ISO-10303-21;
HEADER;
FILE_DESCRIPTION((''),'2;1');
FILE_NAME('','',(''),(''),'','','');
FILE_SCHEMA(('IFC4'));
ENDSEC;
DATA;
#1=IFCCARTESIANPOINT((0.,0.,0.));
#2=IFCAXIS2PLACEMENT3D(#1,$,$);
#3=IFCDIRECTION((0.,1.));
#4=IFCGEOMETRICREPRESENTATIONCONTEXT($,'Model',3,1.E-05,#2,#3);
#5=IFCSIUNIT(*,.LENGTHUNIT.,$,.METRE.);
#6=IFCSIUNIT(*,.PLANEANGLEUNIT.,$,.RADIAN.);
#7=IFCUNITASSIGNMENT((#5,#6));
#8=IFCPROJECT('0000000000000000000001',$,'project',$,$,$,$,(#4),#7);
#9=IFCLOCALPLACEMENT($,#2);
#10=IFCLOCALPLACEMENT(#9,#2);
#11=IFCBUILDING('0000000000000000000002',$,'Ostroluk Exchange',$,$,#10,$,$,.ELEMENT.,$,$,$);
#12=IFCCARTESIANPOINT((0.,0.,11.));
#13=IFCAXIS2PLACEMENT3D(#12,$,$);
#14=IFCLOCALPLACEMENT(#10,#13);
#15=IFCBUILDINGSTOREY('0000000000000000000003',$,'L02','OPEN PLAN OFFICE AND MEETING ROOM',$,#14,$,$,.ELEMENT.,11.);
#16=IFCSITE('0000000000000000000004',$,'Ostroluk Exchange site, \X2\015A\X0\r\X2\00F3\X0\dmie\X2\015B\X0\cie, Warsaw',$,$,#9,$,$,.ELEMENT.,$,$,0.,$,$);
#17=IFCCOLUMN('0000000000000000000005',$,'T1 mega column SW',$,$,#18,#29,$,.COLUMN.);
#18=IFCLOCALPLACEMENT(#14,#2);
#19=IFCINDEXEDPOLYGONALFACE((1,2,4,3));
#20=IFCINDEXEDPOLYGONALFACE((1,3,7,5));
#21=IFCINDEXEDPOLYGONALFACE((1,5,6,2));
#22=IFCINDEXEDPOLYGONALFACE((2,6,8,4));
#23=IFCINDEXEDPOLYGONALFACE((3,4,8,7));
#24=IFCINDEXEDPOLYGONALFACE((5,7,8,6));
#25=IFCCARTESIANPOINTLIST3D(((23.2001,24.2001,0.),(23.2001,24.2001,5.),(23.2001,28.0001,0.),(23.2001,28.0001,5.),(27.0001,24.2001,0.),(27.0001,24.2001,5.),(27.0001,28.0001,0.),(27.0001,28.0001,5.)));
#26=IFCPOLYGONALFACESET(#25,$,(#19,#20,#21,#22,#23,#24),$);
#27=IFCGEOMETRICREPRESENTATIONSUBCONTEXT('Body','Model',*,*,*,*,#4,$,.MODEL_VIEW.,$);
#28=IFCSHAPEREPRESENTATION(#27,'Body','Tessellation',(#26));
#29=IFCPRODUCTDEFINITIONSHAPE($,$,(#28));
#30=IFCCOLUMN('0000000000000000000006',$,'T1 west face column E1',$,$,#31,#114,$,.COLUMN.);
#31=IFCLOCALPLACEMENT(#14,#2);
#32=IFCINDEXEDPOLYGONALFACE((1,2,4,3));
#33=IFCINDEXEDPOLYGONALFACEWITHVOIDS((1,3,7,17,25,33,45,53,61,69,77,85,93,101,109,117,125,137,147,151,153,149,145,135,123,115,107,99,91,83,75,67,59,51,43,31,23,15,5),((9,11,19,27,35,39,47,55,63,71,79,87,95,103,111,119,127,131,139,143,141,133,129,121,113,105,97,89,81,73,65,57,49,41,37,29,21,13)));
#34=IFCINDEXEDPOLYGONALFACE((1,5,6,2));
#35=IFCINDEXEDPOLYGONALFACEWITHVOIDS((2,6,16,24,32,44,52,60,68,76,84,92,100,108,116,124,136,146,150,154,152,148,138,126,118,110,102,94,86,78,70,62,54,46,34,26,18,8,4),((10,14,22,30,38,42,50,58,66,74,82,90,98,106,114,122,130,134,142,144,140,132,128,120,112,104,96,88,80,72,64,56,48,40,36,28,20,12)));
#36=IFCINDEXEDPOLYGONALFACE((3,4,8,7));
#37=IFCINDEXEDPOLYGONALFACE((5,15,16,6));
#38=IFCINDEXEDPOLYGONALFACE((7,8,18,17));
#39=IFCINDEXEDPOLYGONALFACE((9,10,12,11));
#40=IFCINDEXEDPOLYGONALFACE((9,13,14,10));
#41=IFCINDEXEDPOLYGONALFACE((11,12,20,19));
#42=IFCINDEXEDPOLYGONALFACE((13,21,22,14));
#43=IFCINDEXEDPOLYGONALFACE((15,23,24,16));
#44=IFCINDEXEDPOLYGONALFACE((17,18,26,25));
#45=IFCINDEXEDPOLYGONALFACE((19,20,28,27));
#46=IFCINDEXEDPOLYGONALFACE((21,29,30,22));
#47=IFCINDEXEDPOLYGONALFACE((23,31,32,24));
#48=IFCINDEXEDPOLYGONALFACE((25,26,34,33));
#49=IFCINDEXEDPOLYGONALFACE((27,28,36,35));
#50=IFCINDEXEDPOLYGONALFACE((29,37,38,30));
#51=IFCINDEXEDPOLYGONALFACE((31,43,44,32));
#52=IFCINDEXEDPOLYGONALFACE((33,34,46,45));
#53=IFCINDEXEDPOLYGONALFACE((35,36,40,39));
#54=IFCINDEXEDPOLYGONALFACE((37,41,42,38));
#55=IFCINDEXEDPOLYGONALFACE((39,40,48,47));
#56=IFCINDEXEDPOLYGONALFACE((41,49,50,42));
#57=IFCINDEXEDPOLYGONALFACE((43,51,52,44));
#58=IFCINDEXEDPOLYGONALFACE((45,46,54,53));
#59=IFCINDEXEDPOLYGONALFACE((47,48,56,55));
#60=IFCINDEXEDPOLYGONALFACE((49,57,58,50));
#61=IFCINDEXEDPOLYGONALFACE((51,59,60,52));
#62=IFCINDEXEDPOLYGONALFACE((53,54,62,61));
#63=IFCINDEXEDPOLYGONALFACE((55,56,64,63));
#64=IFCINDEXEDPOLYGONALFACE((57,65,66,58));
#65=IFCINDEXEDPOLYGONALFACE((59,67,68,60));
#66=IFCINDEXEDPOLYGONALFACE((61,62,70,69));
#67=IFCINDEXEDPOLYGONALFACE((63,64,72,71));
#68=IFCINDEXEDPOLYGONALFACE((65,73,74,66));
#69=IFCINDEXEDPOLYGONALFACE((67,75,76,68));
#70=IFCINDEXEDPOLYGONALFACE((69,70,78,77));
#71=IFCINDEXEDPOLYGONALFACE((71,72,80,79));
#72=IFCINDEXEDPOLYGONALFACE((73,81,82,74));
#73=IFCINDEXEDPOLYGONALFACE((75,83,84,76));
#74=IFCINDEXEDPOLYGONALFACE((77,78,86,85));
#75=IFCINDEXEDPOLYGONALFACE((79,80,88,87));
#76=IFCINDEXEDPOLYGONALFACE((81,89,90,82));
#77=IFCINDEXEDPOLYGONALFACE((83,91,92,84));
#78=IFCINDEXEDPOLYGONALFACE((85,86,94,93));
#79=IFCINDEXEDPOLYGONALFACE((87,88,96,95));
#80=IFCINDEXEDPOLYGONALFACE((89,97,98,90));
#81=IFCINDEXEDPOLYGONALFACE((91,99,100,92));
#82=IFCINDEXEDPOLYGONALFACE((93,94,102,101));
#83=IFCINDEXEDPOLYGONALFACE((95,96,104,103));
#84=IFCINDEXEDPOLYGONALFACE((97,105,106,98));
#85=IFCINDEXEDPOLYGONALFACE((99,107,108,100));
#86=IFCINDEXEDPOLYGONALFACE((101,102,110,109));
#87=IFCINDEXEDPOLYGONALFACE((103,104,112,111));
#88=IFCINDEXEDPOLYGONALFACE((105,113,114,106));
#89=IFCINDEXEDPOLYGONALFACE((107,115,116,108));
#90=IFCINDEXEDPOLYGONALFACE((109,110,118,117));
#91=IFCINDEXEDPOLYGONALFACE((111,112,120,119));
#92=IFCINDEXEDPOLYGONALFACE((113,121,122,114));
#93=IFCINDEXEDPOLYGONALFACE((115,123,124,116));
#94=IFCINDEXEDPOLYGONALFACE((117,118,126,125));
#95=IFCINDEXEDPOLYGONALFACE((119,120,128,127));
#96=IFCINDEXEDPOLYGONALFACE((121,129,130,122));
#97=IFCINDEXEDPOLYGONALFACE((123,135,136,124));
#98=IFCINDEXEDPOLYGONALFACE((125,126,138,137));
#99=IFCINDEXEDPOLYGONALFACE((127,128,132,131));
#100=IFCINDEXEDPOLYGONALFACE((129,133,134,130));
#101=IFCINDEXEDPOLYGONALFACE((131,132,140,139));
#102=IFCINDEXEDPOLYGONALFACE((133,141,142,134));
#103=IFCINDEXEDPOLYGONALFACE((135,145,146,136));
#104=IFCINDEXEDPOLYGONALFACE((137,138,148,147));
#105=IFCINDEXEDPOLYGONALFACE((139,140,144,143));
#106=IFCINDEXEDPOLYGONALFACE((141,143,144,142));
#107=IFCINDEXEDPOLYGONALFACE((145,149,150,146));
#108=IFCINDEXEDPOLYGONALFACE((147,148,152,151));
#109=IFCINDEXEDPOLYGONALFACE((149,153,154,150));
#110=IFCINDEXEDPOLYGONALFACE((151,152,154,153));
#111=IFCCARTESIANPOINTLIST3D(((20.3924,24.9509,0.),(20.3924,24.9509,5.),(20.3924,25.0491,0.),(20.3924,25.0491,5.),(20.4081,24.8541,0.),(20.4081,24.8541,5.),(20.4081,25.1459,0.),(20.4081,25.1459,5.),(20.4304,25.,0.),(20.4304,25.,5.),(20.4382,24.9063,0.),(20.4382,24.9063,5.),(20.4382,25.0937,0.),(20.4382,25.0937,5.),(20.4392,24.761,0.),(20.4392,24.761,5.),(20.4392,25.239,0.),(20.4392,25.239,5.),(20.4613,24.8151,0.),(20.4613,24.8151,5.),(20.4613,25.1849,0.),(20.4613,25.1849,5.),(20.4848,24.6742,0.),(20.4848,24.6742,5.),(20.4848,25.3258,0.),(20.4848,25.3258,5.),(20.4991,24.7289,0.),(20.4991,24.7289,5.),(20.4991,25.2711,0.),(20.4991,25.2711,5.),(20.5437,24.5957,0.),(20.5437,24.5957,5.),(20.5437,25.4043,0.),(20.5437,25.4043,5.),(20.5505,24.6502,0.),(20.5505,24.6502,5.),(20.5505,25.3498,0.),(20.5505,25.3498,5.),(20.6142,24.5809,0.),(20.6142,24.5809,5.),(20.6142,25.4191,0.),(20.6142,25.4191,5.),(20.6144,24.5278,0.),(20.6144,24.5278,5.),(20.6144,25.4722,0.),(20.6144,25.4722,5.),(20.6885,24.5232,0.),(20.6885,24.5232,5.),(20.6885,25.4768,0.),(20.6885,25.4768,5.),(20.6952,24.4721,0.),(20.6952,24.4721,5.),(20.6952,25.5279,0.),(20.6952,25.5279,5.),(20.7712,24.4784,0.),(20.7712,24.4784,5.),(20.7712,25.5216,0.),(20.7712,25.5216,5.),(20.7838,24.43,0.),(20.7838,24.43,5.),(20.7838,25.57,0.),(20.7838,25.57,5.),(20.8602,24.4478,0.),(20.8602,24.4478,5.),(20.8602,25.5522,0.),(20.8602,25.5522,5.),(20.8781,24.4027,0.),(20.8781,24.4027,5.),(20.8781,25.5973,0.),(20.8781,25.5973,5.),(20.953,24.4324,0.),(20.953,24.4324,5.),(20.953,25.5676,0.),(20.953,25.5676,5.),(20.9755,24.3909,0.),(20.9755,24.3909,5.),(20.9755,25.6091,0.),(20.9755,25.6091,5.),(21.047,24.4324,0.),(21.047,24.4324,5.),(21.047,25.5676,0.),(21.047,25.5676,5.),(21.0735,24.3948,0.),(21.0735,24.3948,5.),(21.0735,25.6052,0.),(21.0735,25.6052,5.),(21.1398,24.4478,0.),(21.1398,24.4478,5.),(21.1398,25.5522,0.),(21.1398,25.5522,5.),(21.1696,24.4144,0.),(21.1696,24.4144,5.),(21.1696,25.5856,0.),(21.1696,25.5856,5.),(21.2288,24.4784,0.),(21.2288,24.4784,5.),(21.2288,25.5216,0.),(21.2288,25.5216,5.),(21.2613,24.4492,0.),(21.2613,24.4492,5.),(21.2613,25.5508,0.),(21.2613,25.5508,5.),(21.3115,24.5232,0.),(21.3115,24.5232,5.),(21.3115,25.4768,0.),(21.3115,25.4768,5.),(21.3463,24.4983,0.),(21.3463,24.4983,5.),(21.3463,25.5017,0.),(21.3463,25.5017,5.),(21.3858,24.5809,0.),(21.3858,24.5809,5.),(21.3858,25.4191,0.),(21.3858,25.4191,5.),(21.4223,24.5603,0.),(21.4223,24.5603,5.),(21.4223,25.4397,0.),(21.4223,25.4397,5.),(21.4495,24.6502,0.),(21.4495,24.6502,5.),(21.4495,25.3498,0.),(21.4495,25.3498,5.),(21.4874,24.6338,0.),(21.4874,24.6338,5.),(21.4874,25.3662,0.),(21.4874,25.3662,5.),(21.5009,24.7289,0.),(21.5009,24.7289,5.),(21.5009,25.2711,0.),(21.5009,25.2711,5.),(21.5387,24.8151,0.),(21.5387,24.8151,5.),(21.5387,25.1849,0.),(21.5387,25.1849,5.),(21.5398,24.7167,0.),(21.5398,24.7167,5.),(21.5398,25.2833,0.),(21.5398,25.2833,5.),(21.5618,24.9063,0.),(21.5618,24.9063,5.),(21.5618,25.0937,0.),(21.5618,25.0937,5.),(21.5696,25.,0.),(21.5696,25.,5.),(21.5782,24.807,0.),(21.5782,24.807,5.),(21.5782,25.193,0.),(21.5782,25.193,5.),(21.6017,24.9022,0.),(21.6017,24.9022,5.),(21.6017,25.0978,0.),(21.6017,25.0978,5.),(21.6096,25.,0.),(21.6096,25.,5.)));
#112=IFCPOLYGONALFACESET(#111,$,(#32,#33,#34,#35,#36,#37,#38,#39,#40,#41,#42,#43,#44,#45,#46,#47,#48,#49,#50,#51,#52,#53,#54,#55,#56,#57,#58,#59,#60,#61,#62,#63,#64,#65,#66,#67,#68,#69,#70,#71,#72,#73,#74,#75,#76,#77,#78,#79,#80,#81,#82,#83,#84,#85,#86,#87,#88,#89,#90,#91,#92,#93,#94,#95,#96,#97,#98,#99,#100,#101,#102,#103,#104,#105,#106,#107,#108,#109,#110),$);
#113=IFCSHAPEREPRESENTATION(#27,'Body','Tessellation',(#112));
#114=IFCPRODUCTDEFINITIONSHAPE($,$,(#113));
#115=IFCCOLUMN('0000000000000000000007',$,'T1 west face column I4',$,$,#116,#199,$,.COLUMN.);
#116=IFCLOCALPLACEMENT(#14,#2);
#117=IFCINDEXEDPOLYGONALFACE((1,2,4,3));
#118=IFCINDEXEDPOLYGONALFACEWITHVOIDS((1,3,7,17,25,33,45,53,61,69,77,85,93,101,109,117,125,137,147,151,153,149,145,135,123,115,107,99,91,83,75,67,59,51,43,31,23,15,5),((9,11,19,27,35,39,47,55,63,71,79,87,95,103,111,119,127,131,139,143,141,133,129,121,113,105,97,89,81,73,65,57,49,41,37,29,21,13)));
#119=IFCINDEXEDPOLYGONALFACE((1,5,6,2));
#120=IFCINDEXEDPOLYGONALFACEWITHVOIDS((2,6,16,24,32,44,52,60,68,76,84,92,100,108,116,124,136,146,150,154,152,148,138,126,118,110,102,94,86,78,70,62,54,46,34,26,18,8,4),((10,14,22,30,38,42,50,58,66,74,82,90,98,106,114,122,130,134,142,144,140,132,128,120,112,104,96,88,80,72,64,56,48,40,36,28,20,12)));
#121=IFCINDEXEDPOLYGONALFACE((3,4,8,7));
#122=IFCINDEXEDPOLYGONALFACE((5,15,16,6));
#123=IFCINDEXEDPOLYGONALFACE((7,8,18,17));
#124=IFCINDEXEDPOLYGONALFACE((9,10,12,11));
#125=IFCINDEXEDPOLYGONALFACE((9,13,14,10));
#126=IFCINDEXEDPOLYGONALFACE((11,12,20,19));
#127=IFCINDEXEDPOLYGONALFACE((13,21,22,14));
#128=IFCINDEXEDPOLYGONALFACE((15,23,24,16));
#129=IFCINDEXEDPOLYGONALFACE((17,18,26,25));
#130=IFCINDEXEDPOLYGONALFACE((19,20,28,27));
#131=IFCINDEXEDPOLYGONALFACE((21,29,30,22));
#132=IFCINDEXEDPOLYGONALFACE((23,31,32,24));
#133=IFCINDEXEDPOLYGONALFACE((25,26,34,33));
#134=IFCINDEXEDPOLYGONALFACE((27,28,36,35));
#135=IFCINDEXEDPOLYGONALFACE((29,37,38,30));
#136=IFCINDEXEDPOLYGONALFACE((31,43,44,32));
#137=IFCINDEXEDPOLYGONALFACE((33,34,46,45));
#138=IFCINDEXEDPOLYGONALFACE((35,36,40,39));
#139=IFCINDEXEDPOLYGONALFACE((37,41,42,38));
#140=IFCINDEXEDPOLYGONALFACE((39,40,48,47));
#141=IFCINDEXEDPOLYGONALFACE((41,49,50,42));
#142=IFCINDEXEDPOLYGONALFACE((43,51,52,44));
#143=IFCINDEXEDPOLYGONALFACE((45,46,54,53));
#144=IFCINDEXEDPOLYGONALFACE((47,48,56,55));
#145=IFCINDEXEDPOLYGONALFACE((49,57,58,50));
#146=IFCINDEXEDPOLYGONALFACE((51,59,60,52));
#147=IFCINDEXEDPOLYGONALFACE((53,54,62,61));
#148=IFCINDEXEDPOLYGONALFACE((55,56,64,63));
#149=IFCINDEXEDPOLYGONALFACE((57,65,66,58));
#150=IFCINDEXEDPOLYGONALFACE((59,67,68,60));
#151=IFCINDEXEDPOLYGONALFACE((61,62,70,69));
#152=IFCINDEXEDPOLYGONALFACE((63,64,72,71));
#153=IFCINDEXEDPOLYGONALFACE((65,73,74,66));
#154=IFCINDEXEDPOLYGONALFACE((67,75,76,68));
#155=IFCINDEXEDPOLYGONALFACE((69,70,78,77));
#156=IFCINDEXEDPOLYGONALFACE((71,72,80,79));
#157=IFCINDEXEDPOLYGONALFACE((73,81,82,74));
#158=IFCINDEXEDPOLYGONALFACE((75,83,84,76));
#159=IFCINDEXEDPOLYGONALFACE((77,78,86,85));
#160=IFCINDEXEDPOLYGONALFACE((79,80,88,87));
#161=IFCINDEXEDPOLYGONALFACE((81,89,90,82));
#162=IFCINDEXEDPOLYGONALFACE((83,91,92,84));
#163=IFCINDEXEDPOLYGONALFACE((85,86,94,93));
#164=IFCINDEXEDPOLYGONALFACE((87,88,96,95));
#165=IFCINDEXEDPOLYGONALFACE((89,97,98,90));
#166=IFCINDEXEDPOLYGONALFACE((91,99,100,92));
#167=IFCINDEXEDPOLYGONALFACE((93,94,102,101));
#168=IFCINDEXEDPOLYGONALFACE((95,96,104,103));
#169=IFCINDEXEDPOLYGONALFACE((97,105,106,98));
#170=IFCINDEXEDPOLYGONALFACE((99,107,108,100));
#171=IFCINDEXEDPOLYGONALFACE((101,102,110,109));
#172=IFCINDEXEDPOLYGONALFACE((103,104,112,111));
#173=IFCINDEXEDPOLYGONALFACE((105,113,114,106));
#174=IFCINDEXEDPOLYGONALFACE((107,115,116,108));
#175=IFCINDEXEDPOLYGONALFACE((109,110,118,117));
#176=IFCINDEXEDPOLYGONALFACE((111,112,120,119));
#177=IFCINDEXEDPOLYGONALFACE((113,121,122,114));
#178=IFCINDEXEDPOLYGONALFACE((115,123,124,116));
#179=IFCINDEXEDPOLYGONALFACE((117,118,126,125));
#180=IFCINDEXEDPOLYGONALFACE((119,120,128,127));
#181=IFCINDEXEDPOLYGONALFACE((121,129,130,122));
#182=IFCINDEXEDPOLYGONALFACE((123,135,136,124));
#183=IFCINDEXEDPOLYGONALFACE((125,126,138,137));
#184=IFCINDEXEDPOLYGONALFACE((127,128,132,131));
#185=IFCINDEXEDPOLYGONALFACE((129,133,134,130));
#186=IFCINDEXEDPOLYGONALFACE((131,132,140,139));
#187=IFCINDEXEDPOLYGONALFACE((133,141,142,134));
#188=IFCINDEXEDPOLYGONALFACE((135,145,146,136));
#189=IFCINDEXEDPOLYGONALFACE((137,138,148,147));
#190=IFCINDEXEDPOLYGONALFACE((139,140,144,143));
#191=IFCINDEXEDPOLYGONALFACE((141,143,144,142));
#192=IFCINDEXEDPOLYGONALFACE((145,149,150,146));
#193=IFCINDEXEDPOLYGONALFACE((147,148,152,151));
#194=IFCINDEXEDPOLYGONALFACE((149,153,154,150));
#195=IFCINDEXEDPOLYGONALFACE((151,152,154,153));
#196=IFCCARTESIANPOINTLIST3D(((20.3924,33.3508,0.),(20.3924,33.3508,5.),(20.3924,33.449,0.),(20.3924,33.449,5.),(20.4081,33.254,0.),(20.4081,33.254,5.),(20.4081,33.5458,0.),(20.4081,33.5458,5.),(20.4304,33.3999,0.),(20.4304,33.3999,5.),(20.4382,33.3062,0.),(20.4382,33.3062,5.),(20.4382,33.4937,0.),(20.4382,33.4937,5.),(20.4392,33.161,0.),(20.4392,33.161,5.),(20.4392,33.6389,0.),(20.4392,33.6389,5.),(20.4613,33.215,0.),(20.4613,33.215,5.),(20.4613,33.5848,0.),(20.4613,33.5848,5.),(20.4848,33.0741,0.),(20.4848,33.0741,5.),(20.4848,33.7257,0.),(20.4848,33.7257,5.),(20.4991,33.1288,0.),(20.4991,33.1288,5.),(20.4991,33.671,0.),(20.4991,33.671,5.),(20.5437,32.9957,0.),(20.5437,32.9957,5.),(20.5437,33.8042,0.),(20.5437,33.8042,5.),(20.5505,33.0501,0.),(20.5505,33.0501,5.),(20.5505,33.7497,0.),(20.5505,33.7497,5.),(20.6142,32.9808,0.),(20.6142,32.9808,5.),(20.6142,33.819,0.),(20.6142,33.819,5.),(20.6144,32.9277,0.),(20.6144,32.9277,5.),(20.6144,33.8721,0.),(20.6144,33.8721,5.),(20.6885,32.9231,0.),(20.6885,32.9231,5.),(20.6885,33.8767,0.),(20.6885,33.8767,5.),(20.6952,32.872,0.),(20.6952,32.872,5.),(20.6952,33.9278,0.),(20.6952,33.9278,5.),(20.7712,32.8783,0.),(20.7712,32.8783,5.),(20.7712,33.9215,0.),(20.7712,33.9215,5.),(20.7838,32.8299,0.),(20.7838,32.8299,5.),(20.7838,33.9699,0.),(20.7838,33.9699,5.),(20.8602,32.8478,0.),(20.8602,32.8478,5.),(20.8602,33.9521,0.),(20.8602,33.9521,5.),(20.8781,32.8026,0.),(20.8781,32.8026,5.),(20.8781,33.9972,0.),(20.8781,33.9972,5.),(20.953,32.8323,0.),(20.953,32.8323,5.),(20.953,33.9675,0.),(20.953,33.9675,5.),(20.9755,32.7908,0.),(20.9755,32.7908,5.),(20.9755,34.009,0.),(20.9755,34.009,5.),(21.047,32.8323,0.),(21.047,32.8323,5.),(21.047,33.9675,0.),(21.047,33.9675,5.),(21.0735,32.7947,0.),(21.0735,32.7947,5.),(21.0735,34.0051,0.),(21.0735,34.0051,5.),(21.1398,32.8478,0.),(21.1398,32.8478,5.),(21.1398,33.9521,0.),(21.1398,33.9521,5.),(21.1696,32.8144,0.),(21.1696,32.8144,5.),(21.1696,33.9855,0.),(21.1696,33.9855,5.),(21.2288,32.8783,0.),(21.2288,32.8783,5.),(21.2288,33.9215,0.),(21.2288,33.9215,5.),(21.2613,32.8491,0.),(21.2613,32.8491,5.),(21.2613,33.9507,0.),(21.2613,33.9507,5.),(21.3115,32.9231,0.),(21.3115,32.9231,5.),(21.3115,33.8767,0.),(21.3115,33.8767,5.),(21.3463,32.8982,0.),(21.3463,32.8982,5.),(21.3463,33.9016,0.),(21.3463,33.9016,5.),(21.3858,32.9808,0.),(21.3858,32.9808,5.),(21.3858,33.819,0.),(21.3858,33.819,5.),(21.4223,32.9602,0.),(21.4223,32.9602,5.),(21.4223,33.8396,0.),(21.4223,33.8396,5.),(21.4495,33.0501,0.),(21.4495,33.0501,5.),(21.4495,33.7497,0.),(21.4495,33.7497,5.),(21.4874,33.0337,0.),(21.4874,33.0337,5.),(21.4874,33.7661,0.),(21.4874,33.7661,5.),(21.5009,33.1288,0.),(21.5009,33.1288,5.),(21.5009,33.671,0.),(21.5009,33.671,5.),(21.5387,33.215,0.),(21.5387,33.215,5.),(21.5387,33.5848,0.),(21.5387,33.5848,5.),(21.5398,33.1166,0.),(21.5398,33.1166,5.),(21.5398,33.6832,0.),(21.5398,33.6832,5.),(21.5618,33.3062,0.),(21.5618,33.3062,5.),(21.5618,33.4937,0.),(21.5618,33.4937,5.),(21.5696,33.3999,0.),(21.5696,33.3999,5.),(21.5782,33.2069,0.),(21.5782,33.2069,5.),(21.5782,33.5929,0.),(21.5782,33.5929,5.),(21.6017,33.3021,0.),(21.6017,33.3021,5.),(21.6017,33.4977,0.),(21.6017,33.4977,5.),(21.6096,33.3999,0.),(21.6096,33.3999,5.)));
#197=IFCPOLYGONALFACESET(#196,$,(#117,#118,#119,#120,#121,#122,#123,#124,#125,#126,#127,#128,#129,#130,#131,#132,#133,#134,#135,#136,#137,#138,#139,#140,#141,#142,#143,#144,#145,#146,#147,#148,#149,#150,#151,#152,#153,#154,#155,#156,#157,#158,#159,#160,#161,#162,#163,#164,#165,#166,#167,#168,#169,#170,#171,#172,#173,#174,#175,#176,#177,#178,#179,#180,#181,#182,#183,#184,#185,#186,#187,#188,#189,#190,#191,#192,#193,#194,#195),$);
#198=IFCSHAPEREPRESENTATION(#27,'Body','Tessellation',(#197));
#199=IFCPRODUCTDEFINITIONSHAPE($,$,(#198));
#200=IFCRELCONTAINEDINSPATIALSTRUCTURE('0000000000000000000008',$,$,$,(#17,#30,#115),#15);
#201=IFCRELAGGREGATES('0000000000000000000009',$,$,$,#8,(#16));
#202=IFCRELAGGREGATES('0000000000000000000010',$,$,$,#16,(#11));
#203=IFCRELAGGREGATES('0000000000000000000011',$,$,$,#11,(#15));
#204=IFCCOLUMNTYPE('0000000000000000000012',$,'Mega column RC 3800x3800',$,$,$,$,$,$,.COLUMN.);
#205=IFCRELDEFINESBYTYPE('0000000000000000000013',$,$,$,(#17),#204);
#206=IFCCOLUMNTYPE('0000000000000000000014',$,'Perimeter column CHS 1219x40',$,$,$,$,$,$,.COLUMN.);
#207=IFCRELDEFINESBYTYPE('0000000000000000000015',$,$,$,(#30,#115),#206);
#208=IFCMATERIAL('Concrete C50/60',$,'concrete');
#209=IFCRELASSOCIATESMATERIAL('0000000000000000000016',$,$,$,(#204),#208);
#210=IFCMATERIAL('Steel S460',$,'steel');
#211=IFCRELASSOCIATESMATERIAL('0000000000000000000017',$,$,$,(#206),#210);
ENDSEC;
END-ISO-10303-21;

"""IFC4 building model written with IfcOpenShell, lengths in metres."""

from ifc_helpers import new_model, si_unit, direction, frame, origin, origin_2d, place, context, subcontext, project, spatial, rectangle, hollow_circle, extrude, material, material_profile, profile_set, type_object, element, save


model = new_model("IFC4")

# Units and contexts
model_context = context("Model", 3, precision=1e-05, world=origin(), true_north=direction((0.0, 1.0)))
body_context = subcontext(model_context, "Body", "Model", "MODEL_VIEW")
ifc_project = project(units=[si_unit("LENGTHUNIT", "METRE"), si_unit("PLANEANGLEUNIT", "RADIAN")], contexts=[model_context])

# Site, building, storey
site_placement = place(None, origin())
site = spatial("IfcSite", under=ifc_project, at=site_placement, Name="Ostroluk Exchange site, Śródmieście, Warsaw", CompositionType="ELEMENT", RefElevation=0.0)
building_placement = place(site_placement, origin())
building = spatial("IfcBuilding", under=site, at=building_placement, Name="Ostroluk Exchange", CompositionType="ELEMENT")
storey_placement = place(building_placement, frame((0.0, 0.0, 11.0)))
storey = spatial("IfcBuildingStorey", under=building, at=storey_placement, Name="L02", Description="OPEN PLAN OFFICE AND MEETING ROOM", CompositionType="ELEMENT", Elevation=11.0)

# Columns
ifc_material_1 = material(Name="Concrete C50/60", Category="concrete")
ifc_material_profile_1 = material_profile(ifc_material_1, rectangle(XDim=3.8, YDim=3.8, at=origin_2d()), Name="RC 3800x3800")
ifc_profile_set_1 = profile_set([ifc_material_profile_1], Name="Concrete C50/60")
column_type_1 = type_object("IfcColumnType", Name="Mega column RC 3800x3800", PredefinedType="COLUMN", material=ifc_profile_set_1)
column_placement = place(storey_placement, frame((25.1001, 26.1001, 0.0), z_axis=(0.0, 0.0, 1.0), x_axis=(1.0, 0.0, 0.0)))
element("IfcColumn", 1, at=column_placement, inside=storey, type_object=column_type_1, Name="T1 mega column SW", PredefinedType="COLUMN", context=body_context, shape_type="SweptSolid", body=[
    extrude(rectangle(XDim=3.8, YDim=3.8, at=origin_2d()), origin(), (0.0, 0.0, 1.0), 5.0),
])
ifc_material_2 = material(Name="Steel S460", Category="steel")
ifc_material_profile_2 = material_profile(ifc_material_2, hollow_circle(Radius=0.6096, WallThickness=0.04, at=origin_2d()), Name="CHS 1219x40")
ifc_profile_set_2 = profile_set([ifc_material_profile_2], Name="Steel S460")
column_type_2 = type_object("IfcColumnType", Name="Perimeter column CHS 1219x40", PredefinedType="COLUMN", material=ifc_profile_set_2)
for number, where, z_axis, x_axis, name in (
    (2, (21.0, 25.0, 0.0), (0.0, 0.0, 1.0), (1.0, 0.0, 0.0), "T1 west face column E1"),
    (3, (21.0, 33.3999, 0.0), (0.0, 0.0, 1.0), (1.0, 0.0, 0.0), "T1 west face column I4"),
):
    element("IfcColumn", number, at=place(storey_placement, frame(where, z_axis=z_axis, x_axis=x_axis)), inside=storey, type_object=column_type_2, Name=name, PredefinedType="COLUMN", context=body_context, shape_type="SweptSolid", body=[
        extrude(hollow_circle(Radius=0.6096, WallThickness=0.04, at=origin_2d()), origin(), (0.0, 0.0, 1.0), 5.0),
    ])

save(model, "model.ifc")
